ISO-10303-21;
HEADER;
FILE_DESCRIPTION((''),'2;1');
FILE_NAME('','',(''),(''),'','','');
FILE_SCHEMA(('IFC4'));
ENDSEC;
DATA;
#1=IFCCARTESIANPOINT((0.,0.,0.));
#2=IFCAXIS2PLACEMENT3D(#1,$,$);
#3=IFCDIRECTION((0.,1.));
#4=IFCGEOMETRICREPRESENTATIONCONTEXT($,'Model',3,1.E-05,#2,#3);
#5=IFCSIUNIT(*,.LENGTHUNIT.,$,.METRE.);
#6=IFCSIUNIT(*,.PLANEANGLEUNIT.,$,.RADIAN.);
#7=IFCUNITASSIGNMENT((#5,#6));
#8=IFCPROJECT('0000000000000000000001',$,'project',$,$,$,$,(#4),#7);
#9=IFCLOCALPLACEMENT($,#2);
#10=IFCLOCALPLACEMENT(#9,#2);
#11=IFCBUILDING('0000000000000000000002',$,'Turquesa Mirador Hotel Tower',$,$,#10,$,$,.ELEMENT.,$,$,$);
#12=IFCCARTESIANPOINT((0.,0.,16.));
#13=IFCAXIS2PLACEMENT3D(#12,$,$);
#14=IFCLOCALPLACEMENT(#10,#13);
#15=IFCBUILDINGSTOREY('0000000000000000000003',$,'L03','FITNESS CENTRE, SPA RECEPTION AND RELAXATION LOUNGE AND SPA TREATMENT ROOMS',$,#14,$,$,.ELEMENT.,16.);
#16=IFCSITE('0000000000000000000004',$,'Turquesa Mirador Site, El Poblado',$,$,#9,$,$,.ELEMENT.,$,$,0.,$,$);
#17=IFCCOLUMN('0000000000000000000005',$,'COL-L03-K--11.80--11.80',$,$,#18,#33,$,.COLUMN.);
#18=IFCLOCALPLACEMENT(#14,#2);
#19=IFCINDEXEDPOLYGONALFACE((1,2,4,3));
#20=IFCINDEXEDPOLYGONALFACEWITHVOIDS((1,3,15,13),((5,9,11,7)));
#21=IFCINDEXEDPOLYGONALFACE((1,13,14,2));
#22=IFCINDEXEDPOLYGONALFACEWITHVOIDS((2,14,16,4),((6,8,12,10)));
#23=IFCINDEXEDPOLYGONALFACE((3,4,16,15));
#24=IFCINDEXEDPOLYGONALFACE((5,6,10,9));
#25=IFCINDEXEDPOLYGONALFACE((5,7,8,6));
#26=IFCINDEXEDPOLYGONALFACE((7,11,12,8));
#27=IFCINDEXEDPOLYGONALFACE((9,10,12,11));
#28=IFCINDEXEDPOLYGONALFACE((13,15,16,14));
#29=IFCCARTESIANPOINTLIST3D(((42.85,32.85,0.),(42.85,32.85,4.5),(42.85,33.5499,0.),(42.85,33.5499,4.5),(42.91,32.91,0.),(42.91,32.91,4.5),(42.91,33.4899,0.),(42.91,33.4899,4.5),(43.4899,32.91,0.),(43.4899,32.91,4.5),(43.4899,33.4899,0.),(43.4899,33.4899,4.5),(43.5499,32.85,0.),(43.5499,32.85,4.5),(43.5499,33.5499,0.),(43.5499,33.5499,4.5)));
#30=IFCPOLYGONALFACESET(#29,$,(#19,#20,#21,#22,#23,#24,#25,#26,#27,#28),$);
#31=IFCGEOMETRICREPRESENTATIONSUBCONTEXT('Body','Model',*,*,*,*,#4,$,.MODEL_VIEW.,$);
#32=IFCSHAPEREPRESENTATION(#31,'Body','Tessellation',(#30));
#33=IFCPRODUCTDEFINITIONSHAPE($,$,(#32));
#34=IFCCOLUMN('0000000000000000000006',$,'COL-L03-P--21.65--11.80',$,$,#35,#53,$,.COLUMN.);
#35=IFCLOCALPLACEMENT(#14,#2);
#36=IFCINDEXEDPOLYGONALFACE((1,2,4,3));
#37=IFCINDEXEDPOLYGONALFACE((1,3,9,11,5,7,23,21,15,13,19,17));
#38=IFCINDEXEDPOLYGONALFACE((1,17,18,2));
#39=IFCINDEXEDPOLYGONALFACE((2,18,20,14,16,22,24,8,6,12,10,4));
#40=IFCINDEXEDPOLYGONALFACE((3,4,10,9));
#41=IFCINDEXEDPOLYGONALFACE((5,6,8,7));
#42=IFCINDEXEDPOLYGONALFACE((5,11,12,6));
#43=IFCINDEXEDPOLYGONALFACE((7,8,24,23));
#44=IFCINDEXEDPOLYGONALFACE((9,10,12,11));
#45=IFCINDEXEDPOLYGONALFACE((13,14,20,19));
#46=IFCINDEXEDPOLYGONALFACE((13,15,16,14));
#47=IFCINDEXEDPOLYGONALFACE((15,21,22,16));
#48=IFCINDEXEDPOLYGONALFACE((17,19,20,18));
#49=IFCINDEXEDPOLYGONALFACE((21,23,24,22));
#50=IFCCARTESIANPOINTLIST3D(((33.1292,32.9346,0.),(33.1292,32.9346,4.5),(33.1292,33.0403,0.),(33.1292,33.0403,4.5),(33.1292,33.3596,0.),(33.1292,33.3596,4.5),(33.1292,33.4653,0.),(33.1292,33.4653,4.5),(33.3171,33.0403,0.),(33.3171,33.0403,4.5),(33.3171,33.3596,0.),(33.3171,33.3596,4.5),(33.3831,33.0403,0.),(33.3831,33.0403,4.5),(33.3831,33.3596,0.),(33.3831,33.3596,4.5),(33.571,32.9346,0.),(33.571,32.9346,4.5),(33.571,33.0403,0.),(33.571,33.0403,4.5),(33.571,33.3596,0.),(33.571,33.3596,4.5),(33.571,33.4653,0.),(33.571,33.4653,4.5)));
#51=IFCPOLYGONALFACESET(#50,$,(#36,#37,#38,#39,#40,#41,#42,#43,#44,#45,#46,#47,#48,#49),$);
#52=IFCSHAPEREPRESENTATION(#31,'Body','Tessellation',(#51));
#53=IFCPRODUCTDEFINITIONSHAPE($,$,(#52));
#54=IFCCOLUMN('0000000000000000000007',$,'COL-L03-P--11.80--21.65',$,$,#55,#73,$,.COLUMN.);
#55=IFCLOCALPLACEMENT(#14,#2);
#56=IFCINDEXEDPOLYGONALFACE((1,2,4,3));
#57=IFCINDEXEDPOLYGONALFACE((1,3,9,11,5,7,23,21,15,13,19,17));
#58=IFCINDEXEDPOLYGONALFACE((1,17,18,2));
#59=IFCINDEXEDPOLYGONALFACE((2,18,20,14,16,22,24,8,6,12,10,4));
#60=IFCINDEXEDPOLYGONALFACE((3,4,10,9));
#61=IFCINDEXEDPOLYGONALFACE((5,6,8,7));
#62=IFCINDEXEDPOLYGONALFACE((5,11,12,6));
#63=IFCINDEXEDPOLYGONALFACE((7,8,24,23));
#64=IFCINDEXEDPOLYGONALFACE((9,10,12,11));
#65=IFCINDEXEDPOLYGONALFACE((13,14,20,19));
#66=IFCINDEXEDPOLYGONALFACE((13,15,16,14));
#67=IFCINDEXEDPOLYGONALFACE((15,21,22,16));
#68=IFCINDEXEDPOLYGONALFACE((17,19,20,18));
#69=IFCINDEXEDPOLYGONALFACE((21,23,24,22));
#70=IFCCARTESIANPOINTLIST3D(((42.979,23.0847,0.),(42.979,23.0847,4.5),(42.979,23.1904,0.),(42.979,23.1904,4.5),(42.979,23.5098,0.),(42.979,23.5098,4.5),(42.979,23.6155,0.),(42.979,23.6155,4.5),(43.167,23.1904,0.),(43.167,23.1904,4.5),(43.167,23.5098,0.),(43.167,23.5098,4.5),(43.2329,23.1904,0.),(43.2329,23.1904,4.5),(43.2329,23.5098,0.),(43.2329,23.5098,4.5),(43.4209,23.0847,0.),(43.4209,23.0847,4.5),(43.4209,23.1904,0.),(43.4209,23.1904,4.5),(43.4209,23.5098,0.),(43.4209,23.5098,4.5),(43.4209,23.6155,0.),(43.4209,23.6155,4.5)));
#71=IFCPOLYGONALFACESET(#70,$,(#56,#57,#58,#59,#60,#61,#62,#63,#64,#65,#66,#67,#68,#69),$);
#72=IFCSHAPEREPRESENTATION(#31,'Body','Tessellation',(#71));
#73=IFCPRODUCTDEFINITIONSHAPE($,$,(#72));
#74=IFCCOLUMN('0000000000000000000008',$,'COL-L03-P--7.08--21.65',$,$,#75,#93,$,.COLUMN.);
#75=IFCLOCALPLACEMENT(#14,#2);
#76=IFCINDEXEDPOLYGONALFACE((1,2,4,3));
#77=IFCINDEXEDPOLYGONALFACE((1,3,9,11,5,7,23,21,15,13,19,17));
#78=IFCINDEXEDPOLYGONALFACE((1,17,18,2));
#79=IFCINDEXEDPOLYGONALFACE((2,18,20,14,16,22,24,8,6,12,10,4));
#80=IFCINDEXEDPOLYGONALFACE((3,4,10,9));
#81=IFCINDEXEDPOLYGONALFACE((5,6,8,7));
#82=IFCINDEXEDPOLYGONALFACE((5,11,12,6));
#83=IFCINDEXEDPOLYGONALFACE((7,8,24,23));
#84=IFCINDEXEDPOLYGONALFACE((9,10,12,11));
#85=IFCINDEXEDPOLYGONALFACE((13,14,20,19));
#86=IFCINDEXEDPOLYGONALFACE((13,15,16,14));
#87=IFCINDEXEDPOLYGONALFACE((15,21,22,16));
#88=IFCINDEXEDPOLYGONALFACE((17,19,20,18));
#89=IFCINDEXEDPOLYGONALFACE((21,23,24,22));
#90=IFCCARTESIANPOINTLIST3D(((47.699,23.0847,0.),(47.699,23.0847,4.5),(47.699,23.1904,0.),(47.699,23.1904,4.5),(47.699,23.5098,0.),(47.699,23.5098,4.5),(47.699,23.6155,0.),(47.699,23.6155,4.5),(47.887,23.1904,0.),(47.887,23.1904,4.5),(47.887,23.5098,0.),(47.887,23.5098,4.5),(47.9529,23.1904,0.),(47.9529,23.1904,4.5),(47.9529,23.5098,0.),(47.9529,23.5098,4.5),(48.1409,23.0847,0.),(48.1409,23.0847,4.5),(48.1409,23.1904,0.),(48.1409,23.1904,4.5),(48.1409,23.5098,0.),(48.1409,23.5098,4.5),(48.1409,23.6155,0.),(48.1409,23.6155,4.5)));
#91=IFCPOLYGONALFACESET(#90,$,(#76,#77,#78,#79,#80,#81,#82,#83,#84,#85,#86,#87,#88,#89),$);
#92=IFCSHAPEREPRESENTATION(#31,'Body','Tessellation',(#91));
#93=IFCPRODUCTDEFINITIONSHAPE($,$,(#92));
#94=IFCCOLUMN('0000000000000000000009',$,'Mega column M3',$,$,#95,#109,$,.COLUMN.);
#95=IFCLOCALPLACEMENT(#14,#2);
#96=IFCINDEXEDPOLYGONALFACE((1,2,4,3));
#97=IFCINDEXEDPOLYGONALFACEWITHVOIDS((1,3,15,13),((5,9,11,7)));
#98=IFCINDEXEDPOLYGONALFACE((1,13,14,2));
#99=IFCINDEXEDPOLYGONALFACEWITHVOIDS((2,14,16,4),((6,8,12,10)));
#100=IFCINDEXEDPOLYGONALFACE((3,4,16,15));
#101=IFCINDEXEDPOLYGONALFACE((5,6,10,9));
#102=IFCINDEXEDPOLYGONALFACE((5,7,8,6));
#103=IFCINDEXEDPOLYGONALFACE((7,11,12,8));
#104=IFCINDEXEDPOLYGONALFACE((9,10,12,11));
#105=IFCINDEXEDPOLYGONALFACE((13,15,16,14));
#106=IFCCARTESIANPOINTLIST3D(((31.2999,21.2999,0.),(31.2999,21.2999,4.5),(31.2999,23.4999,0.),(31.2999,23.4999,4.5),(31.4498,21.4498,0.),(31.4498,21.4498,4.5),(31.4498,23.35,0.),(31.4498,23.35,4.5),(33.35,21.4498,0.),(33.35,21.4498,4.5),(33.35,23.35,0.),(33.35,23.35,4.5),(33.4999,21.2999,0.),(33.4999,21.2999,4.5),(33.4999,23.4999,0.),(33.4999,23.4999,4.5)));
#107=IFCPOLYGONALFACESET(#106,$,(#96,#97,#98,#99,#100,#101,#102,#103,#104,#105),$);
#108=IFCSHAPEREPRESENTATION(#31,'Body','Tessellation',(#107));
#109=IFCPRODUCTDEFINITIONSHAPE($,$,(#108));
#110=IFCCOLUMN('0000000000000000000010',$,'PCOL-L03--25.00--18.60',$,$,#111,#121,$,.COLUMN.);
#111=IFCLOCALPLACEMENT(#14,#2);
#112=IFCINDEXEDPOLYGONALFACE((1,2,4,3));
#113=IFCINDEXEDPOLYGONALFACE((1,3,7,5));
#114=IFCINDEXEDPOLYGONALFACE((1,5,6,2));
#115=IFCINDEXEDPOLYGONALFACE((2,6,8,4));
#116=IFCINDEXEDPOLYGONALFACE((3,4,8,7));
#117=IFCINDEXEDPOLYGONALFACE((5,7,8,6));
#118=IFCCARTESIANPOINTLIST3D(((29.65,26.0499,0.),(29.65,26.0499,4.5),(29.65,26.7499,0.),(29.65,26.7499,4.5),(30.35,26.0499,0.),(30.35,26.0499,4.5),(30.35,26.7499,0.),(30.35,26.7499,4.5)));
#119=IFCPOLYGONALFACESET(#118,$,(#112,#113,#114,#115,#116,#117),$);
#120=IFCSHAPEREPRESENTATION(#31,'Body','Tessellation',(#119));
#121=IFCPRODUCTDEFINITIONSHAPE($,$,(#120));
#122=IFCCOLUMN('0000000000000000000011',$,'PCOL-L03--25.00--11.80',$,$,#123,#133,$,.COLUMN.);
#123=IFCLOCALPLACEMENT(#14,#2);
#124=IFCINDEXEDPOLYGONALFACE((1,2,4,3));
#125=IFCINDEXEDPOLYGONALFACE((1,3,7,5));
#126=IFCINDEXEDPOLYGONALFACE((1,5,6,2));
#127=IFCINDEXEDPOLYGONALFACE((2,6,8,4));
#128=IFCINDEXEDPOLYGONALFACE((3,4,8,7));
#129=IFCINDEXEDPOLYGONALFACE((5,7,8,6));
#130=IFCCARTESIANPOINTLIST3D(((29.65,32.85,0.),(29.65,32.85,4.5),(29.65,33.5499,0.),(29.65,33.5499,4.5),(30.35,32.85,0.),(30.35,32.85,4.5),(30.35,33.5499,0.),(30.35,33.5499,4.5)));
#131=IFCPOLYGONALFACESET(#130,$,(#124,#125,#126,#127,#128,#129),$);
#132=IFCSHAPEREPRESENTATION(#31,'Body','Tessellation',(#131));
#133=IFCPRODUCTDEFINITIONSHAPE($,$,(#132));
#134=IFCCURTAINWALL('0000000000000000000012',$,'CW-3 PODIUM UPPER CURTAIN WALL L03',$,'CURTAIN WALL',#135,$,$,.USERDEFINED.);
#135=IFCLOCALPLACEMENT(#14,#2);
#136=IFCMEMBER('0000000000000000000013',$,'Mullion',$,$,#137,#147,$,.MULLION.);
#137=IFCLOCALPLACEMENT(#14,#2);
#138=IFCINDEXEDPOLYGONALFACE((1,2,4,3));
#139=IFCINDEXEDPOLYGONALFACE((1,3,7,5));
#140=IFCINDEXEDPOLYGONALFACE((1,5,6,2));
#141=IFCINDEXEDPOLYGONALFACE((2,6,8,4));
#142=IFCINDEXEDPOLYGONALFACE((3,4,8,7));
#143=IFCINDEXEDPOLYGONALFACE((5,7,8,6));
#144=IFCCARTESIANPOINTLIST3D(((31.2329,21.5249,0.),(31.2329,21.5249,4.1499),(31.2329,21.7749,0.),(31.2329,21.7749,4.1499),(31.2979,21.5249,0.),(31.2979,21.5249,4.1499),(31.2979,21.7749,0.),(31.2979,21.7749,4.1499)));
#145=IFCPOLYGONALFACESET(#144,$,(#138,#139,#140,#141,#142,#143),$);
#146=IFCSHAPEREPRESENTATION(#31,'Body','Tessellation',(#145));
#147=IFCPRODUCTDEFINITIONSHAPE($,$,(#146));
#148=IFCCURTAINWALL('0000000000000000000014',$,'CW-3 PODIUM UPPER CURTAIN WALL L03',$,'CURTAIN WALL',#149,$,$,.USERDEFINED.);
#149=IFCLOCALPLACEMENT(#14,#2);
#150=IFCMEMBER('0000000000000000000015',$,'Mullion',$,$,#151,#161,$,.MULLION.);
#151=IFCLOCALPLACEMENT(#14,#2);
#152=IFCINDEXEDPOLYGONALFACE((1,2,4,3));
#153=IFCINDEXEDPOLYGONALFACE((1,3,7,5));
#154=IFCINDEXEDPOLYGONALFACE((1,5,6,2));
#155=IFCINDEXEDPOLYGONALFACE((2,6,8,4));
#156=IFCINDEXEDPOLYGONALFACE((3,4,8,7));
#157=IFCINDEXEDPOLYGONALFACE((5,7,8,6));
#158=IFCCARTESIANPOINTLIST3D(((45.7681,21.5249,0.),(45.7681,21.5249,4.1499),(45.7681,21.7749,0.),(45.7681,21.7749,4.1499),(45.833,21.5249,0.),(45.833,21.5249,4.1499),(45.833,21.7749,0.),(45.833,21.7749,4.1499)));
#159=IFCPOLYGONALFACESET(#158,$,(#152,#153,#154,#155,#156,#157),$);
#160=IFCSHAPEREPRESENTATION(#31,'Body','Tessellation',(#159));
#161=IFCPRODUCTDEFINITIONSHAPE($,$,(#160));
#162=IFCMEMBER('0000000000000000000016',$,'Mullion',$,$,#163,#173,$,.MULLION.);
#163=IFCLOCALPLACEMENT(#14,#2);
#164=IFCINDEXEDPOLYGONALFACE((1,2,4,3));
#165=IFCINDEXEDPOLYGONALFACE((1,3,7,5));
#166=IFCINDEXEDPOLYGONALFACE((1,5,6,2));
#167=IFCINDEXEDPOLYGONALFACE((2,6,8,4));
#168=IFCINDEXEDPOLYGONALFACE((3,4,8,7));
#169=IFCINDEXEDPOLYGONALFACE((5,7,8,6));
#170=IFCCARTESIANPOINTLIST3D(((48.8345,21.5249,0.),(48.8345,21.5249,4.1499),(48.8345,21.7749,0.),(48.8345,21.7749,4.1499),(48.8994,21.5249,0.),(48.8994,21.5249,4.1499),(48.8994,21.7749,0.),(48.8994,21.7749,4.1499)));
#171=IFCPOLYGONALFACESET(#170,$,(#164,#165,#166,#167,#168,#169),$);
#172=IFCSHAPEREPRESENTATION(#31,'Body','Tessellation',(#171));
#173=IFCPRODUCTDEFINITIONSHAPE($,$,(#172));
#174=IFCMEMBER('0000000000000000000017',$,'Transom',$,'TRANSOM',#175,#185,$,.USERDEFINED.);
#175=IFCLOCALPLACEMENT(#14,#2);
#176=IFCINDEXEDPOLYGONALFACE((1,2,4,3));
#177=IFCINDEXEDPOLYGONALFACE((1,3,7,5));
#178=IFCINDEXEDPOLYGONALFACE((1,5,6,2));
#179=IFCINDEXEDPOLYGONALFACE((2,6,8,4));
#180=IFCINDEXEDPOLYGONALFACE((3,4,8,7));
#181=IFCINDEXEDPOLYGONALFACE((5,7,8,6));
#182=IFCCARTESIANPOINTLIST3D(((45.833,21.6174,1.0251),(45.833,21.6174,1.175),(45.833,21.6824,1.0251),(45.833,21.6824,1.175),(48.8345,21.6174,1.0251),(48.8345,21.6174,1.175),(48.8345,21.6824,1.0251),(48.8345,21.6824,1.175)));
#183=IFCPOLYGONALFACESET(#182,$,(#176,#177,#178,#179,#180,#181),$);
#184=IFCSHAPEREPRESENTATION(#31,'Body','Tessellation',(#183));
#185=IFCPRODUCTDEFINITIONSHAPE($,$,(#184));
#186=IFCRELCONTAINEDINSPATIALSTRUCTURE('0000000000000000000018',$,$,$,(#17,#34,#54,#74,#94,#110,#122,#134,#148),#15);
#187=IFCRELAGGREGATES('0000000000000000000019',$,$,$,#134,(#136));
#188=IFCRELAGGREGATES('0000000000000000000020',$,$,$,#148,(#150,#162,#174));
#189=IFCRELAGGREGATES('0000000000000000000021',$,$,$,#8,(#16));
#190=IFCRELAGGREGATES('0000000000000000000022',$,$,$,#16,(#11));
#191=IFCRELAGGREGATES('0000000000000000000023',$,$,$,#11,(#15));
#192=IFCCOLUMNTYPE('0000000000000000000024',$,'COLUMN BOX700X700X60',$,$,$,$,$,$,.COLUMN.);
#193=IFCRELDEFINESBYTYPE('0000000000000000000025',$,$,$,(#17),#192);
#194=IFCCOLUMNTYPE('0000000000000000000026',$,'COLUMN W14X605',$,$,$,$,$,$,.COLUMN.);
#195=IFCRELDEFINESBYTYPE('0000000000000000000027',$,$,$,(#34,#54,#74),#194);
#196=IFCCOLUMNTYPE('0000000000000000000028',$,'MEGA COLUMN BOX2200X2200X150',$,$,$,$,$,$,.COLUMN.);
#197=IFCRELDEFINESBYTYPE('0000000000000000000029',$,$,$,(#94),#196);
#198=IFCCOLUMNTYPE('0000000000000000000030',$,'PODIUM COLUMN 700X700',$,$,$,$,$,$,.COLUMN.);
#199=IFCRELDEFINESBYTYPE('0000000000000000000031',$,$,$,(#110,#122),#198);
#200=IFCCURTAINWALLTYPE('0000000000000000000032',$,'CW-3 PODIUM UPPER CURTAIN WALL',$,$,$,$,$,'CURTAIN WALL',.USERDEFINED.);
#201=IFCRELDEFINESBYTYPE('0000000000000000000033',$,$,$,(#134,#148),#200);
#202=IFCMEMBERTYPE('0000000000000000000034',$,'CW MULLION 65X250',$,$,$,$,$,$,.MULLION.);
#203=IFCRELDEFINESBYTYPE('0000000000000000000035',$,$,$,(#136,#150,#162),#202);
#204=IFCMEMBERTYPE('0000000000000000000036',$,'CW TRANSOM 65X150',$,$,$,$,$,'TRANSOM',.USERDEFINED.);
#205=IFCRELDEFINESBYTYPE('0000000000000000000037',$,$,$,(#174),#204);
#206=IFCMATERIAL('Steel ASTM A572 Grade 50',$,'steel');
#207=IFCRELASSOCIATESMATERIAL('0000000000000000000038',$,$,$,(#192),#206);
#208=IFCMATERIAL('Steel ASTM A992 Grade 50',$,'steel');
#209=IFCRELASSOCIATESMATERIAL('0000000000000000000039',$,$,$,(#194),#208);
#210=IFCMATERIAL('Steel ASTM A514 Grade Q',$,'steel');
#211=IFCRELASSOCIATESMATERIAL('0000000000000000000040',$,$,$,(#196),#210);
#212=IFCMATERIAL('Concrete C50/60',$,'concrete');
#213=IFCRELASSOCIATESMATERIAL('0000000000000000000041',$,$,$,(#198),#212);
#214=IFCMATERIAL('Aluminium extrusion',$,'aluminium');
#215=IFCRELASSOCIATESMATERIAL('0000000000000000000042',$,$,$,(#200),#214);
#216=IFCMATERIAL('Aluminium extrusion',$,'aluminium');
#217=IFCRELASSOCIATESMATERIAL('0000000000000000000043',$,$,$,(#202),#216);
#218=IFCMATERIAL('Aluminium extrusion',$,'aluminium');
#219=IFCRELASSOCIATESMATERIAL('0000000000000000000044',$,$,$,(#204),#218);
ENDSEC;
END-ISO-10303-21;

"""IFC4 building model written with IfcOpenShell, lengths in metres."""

from ifc_helpers import new_model, si_unit, direction, frame, origin, origin_2d, place, context, subcontext, project, spatial, rectangle, hollow_rectangle, i_section, extrude, material, material_profile, profile_set, type_object, element, aggregate, save


model = new_model("IFC4")

# Units and contexts
model_context = context("Model", 3, precision=1e-05, world=origin(), true_north=direction((0.0, 1.0)))
body_context = subcontext(model_context, "Body", "Model", "MODEL_VIEW")
ifc_project = project(units=[si_unit("LENGTHUNIT", "METRE"), si_unit("PLANEANGLEUNIT", "RADIAN")], contexts=[model_context])

# Site, building, storey
site_placement = place(None, origin())
site = spatial("IfcSite", under=ifc_project, at=site_placement, Name="Turquesa Mirador Site, El Poblado", CompositionType="ELEMENT", RefElevation=0.0)
building_placement = place(site_placement, origin())
building = spatial("IfcBuilding", under=site, at=building_placement, Name="Turquesa Mirador Hotel Tower", CompositionType="ELEMENT")
storey_placement = place(building_placement, frame((0.0, 0.0, 16.0)))
storey = spatial("IfcBuildingStorey", under=building, at=storey_placement, Name="L03", Description="FITNESS CENTRE, SPA RECEPTION AND RELAXATION LOUNGE AND SPA TREATMENT ROOMS", CompositionType="ELEMENT", Elevation=16.0)

# Columns
ifc_material_1 = material(Name="Steel ASTM A572 Grade 50", Category="steel")
ifc_material_profile_1 = material_profile(ifc_material_1, hollow_rectangle(XDim=0.7, YDim=0.7, WallThickness=0.0601, at=origin_2d()), Name="BOX700X700X60")
ifc_profile_set_1 = profile_set([ifc_material_profile_1], Name="Steel ASTM A572 Grade 50")
column_type_1 = type_object("IfcColumnType", Name="COLUMN BOX700X700X60", PredefinedType="COLUMN", material=ifc_profile_set_1)
column_1_placement = place(storey_placement, frame((43.2, 33.2, 0.0), z_axis=(0.0, 0.0, 1.0), x_axis=(1.0, 0.0, 0.0)))
element("IfcColumn", 1, at=column_1_placement, inside=storey, type_object=column_type_1, Name="COL-L03-K--11.80--11.80", PredefinedType="COLUMN", context=body_context, shape_type="SweptSolid", body=[
    extrude(hollow_rectangle(XDim=0.7, YDim=0.7, WallThickness=0.0601, at=origin_2d()), origin(), (0.0, 0.0, 1.0), 4.5),
])
ifc_material_2 = material(Name="Steel ASTM A992 Grade 50", Category="steel")
ifc_material_profile_2 = material_profile(ifc_material_2, i_section(OverallWidth=0.4419, OverallDepth=0.5308, WebThickness=0.0659, FlangeThickness=0.1057, at=origin_2d()), Name="W14X605")
ifc_profile_set_2 = profile_set([ifc_material_profile_2], Name="Steel ASTM A992 Grade 50")
column_type_2 = type_object("IfcColumnType", Name="COLUMN W14X605", PredefinedType="COLUMN", material=ifc_profile_set_2)
for number, where, z_axis, x_axis, name in (
    (2, (33.3501, 33.2, 0.0), (0.0, 0.0, 1.0), (1.0, 0.0, 0.0), "COL-L03-P--21.65--11.80"),
    (3, (43.2, 23.3501, 0.0), (0.0, 0.0, 1.0), (1.0, 0.0, 0.0), "COL-L03-P--11.80--21.65"),
    (4, (47.9199, 23.3501, 0.0), (0.0, 0.0, 1.0), (1.0, 0.0, 0.0), "COL-L03-P--7.08--21.65"),
):
    element("IfcColumn", number, at=place(storey_placement, frame(where, z_axis=z_axis, x_axis=x_axis)), inside=storey, type_object=column_type_2, Name=name, PredefinedType="COLUMN", context=body_context, shape_type="SweptSolid", body=[
        extrude(i_section(OverallWidth=0.4419, OverallDepth=0.5308, WebThickness=0.0659, FlangeThickness=0.1057, at=origin_2d()), origin(), (0.0, 0.0, 1.0), 4.5),
    ])
ifc_material_3 = material(Name="Steel ASTM A514 Grade Q", Category="steel")
ifc_material_profile_3 = material_profile(ifc_material_3, hollow_rectangle(XDim=2.2, YDim=2.2, WallThickness=0.1499, at=origin_2d()), Name="BOX2200X2200X150")
ifc_profile_set_3 = profile_set([ifc_material_profile_3], Name="Steel ASTM A514 Grade Q")
column_type_3 = type_object("IfcColumnType", Name="MEGA COLUMN BOX2200X2200X150", PredefinedType="COLUMN", material=ifc_profile_set_3)
column_2_placement = place(storey_placement, frame((32.3999, 22.3999, 0.0), z_axis=(0.0, 0.0, 1.0), x_axis=(1.0, 0.0, 0.0)))
element("IfcColumn", 5, at=column_2_placement, inside=storey, type_object=column_type_3, Name="Mega column M3", PredefinedType="COLUMN", context=body_context, shape_type="SweptSolid", body=[
    extrude(hollow_rectangle(XDim=2.2, YDim=2.2, WallThickness=0.1499, at=origin_2d()), origin(), (0.0, 0.0, 1.0), 4.5),
])
ifc_material_4 = material(Name="Concrete C50/60", Category="concrete")
ifc_material_profile_4 = material_profile(ifc_material_4, rectangle(XDim=0.7, YDim=0.7, at=origin_2d()), Name="RC 700X700")
ifc_profile_set_4 = profile_set([ifc_material_profile_4], Name="Concrete C50/60")
column_type_4 = type_object("IfcColumnType", Name="PODIUM COLUMN 700X700", PredefinedType="COLUMN", material=ifc_profile_set_4)
for number, where, z_axis, x_axis, name in (
    (6, (30.0, 26.3999, 0.0), (0.0, 0.0, 1.0), (1.0, 0.0, 0.0), "PCOL-L03--25.00--18.60"),
    (7, (30.0, 33.2, 0.0), (0.0, 0.0, 1.0), (1.0, 0.0, 0.0), "PCOL-L03--25.00--11.80"),
):
    element("IfcColumn", number, at=place(storey_placement, frame(where, z_axis=z_axis, x_axis=x_axis)), inside=storey, type_object=column_type_4, Name=name, PredefinedType="COLUMN", context=body_context, shape_type="SweptSolid", body=[
        extrude(rectangle(XDim=0.7, YDim=0.7, at=origin_2d()), origin(), (0.0, 0.0, 1.0), 4.5),
    ])

# Curtain wall, member
ifc_material_5 = material(Name="Aluminium extrusion", Category="aluminium")
curtain_wall_type = type_object("IfcCurtainWallType", Name="CW-3 PODIUM UPPER CURTAIN WALL", ElementType="CURTAIN WALL", PredefinedType="USERDEFINED", material=ifc_material_5)
curtain_wall_1_placement = place(storey_placement, origin())
curtain_wall_1 = element("IfcCurtainWall", 8, at=curtain_wall_1_placement, inside=storey, type_object=curtain_wall_type, Name="CW-3 PODIUM UPPER CURTAIN WALL L03", ObjectType="CURTAIN WALL", PredefinedType="USERDEFINED")
ifc_material_6 = material(Name="Aluminium extrusion", Category="aluminium")
ifc_material_profile_5 = material_profile(ifc_material_6, rectangle(XDim=0.0649, YDim=0.25, at=origin_2d()), Name="MULLION 65X250")
ifc_profile_set_5 = profile_set([ifc_material_profile_5], Name="Aluminium extrusion")
member_type_1 = type_object("IfcMemberType", Name="CW MULLION 65X250", PredefinedType="MULLION", material=ifc_profile_set_5)
member_1_placement = place(storey_placement, frame((31.2654, 21.6499, 0.0), z_axis=(0.0, 0.0, 1.0), x_axis=(1.0, 0.0, 0.0)))
member_1 = element("IfcMember", 9, at=member_1_placement, type_object=member_type_1, Name="Mullion", PredefinedType="MULLION", context=body_context, shape_type="SweptSolid", body=[
    extrude(rectangle(XDim=0.0649, YDim=0.25, at=origin_2d()), origin(), (0.0, 0.0, 1.0), 4.1499),
])

# Curtain wall, members
curtain_wall_2_placement = place(storey_placement, origin())
curtain_wall_2 = element("IfcCurtainWall", 10, at=curtain_wall_2_placement, inside=storey, type_object=curtain_wall_type, Name="CW-3 PODIUM UPPER CURTAIN WALL L03", ObjectType="CURTAIN WALL", PredefinedType="USERDEFINED")
member_2_placement = place(storey_placement, frame((45.8005, 21.6499, 0.0), z_axis=(0.0, 0.0, 1.0), x_axis=(1.0, 0.0, 0.0)))
member_2 = element("IfcMember", 11, at=member_2_placement, type_object=member_type_1, Name="Mullion", PredefinedType="MULLION", context=body_context, shape_type="SweptSolid", body=[
    extrude(rectangle(XDim=0.0649, YDim=0.25, at=origin_2d()), origin(), (0.0, 0.0, 1.0), 4.1499),
])
member_3_placement = place(storey_placement, frame((48.8669, 21.6499, 0.0), z_axis=(0.0, 0.0, 1.0), x_axis=(1.0, 0.0, 0.0)))
member_3 = element("IfcMember", 12, at=member_3_placement, type_object=member_type_1, Name="Mullion", PredefinedType="MULLION", context=body_context, shape_type="SweptSolid", body=[
    extrude(rectangle(XDim=0.0649, YDim=0.25, at=origin_2d()), origin(), (0.0, 0.0, 1.0), 4.1499),
])
ifc_material_7 = material(Name="Aluminium extrusion", Category="aluminium")
ifc_material_profile_6 = material_profile(ifc_material_7, rectangle(XDim=0.0649, YDim=0.1499, at=origin_2d()), Name="TRANSOM 65X150")
ifc_profile_set_6 = profile_set([ifc_material_profile_6], Name="Aluminium extrusion")
member_type_2 = type_object("IfcMemberType", Name="CW TRANSOM 65X150", ElementType="TRANSOM", PredefinedType="USERDEFINED", material=ifc_profile_set_6)
member_4_placement = place(storey_placement, frame((45.833, 21.6499, 1.1001), z_axis=(1.0, 0.0, 0.0), x_axis=(0.0, 1.0, 0.0)))
member_4 = element("IfcMember", 13, at=member_4_placement, type_object=member_type_2, Name="Transom", ObjectType="TRANSOM", PredefinedType="USERDEFINED", context=body_context, shape_type="SweptSolid", body=[
    extrude(rectangle(XDim=0.0649, YDim=0.1499, at=origin_2d()), origin(), (0.0, 0.0, 1.0), 3.0015),
])

aggregate(curtain_wall_1, [member_1])
aggregate(curtain_wall_2, [member_2, member_3, member_4])

save(model, "model.ifc")
